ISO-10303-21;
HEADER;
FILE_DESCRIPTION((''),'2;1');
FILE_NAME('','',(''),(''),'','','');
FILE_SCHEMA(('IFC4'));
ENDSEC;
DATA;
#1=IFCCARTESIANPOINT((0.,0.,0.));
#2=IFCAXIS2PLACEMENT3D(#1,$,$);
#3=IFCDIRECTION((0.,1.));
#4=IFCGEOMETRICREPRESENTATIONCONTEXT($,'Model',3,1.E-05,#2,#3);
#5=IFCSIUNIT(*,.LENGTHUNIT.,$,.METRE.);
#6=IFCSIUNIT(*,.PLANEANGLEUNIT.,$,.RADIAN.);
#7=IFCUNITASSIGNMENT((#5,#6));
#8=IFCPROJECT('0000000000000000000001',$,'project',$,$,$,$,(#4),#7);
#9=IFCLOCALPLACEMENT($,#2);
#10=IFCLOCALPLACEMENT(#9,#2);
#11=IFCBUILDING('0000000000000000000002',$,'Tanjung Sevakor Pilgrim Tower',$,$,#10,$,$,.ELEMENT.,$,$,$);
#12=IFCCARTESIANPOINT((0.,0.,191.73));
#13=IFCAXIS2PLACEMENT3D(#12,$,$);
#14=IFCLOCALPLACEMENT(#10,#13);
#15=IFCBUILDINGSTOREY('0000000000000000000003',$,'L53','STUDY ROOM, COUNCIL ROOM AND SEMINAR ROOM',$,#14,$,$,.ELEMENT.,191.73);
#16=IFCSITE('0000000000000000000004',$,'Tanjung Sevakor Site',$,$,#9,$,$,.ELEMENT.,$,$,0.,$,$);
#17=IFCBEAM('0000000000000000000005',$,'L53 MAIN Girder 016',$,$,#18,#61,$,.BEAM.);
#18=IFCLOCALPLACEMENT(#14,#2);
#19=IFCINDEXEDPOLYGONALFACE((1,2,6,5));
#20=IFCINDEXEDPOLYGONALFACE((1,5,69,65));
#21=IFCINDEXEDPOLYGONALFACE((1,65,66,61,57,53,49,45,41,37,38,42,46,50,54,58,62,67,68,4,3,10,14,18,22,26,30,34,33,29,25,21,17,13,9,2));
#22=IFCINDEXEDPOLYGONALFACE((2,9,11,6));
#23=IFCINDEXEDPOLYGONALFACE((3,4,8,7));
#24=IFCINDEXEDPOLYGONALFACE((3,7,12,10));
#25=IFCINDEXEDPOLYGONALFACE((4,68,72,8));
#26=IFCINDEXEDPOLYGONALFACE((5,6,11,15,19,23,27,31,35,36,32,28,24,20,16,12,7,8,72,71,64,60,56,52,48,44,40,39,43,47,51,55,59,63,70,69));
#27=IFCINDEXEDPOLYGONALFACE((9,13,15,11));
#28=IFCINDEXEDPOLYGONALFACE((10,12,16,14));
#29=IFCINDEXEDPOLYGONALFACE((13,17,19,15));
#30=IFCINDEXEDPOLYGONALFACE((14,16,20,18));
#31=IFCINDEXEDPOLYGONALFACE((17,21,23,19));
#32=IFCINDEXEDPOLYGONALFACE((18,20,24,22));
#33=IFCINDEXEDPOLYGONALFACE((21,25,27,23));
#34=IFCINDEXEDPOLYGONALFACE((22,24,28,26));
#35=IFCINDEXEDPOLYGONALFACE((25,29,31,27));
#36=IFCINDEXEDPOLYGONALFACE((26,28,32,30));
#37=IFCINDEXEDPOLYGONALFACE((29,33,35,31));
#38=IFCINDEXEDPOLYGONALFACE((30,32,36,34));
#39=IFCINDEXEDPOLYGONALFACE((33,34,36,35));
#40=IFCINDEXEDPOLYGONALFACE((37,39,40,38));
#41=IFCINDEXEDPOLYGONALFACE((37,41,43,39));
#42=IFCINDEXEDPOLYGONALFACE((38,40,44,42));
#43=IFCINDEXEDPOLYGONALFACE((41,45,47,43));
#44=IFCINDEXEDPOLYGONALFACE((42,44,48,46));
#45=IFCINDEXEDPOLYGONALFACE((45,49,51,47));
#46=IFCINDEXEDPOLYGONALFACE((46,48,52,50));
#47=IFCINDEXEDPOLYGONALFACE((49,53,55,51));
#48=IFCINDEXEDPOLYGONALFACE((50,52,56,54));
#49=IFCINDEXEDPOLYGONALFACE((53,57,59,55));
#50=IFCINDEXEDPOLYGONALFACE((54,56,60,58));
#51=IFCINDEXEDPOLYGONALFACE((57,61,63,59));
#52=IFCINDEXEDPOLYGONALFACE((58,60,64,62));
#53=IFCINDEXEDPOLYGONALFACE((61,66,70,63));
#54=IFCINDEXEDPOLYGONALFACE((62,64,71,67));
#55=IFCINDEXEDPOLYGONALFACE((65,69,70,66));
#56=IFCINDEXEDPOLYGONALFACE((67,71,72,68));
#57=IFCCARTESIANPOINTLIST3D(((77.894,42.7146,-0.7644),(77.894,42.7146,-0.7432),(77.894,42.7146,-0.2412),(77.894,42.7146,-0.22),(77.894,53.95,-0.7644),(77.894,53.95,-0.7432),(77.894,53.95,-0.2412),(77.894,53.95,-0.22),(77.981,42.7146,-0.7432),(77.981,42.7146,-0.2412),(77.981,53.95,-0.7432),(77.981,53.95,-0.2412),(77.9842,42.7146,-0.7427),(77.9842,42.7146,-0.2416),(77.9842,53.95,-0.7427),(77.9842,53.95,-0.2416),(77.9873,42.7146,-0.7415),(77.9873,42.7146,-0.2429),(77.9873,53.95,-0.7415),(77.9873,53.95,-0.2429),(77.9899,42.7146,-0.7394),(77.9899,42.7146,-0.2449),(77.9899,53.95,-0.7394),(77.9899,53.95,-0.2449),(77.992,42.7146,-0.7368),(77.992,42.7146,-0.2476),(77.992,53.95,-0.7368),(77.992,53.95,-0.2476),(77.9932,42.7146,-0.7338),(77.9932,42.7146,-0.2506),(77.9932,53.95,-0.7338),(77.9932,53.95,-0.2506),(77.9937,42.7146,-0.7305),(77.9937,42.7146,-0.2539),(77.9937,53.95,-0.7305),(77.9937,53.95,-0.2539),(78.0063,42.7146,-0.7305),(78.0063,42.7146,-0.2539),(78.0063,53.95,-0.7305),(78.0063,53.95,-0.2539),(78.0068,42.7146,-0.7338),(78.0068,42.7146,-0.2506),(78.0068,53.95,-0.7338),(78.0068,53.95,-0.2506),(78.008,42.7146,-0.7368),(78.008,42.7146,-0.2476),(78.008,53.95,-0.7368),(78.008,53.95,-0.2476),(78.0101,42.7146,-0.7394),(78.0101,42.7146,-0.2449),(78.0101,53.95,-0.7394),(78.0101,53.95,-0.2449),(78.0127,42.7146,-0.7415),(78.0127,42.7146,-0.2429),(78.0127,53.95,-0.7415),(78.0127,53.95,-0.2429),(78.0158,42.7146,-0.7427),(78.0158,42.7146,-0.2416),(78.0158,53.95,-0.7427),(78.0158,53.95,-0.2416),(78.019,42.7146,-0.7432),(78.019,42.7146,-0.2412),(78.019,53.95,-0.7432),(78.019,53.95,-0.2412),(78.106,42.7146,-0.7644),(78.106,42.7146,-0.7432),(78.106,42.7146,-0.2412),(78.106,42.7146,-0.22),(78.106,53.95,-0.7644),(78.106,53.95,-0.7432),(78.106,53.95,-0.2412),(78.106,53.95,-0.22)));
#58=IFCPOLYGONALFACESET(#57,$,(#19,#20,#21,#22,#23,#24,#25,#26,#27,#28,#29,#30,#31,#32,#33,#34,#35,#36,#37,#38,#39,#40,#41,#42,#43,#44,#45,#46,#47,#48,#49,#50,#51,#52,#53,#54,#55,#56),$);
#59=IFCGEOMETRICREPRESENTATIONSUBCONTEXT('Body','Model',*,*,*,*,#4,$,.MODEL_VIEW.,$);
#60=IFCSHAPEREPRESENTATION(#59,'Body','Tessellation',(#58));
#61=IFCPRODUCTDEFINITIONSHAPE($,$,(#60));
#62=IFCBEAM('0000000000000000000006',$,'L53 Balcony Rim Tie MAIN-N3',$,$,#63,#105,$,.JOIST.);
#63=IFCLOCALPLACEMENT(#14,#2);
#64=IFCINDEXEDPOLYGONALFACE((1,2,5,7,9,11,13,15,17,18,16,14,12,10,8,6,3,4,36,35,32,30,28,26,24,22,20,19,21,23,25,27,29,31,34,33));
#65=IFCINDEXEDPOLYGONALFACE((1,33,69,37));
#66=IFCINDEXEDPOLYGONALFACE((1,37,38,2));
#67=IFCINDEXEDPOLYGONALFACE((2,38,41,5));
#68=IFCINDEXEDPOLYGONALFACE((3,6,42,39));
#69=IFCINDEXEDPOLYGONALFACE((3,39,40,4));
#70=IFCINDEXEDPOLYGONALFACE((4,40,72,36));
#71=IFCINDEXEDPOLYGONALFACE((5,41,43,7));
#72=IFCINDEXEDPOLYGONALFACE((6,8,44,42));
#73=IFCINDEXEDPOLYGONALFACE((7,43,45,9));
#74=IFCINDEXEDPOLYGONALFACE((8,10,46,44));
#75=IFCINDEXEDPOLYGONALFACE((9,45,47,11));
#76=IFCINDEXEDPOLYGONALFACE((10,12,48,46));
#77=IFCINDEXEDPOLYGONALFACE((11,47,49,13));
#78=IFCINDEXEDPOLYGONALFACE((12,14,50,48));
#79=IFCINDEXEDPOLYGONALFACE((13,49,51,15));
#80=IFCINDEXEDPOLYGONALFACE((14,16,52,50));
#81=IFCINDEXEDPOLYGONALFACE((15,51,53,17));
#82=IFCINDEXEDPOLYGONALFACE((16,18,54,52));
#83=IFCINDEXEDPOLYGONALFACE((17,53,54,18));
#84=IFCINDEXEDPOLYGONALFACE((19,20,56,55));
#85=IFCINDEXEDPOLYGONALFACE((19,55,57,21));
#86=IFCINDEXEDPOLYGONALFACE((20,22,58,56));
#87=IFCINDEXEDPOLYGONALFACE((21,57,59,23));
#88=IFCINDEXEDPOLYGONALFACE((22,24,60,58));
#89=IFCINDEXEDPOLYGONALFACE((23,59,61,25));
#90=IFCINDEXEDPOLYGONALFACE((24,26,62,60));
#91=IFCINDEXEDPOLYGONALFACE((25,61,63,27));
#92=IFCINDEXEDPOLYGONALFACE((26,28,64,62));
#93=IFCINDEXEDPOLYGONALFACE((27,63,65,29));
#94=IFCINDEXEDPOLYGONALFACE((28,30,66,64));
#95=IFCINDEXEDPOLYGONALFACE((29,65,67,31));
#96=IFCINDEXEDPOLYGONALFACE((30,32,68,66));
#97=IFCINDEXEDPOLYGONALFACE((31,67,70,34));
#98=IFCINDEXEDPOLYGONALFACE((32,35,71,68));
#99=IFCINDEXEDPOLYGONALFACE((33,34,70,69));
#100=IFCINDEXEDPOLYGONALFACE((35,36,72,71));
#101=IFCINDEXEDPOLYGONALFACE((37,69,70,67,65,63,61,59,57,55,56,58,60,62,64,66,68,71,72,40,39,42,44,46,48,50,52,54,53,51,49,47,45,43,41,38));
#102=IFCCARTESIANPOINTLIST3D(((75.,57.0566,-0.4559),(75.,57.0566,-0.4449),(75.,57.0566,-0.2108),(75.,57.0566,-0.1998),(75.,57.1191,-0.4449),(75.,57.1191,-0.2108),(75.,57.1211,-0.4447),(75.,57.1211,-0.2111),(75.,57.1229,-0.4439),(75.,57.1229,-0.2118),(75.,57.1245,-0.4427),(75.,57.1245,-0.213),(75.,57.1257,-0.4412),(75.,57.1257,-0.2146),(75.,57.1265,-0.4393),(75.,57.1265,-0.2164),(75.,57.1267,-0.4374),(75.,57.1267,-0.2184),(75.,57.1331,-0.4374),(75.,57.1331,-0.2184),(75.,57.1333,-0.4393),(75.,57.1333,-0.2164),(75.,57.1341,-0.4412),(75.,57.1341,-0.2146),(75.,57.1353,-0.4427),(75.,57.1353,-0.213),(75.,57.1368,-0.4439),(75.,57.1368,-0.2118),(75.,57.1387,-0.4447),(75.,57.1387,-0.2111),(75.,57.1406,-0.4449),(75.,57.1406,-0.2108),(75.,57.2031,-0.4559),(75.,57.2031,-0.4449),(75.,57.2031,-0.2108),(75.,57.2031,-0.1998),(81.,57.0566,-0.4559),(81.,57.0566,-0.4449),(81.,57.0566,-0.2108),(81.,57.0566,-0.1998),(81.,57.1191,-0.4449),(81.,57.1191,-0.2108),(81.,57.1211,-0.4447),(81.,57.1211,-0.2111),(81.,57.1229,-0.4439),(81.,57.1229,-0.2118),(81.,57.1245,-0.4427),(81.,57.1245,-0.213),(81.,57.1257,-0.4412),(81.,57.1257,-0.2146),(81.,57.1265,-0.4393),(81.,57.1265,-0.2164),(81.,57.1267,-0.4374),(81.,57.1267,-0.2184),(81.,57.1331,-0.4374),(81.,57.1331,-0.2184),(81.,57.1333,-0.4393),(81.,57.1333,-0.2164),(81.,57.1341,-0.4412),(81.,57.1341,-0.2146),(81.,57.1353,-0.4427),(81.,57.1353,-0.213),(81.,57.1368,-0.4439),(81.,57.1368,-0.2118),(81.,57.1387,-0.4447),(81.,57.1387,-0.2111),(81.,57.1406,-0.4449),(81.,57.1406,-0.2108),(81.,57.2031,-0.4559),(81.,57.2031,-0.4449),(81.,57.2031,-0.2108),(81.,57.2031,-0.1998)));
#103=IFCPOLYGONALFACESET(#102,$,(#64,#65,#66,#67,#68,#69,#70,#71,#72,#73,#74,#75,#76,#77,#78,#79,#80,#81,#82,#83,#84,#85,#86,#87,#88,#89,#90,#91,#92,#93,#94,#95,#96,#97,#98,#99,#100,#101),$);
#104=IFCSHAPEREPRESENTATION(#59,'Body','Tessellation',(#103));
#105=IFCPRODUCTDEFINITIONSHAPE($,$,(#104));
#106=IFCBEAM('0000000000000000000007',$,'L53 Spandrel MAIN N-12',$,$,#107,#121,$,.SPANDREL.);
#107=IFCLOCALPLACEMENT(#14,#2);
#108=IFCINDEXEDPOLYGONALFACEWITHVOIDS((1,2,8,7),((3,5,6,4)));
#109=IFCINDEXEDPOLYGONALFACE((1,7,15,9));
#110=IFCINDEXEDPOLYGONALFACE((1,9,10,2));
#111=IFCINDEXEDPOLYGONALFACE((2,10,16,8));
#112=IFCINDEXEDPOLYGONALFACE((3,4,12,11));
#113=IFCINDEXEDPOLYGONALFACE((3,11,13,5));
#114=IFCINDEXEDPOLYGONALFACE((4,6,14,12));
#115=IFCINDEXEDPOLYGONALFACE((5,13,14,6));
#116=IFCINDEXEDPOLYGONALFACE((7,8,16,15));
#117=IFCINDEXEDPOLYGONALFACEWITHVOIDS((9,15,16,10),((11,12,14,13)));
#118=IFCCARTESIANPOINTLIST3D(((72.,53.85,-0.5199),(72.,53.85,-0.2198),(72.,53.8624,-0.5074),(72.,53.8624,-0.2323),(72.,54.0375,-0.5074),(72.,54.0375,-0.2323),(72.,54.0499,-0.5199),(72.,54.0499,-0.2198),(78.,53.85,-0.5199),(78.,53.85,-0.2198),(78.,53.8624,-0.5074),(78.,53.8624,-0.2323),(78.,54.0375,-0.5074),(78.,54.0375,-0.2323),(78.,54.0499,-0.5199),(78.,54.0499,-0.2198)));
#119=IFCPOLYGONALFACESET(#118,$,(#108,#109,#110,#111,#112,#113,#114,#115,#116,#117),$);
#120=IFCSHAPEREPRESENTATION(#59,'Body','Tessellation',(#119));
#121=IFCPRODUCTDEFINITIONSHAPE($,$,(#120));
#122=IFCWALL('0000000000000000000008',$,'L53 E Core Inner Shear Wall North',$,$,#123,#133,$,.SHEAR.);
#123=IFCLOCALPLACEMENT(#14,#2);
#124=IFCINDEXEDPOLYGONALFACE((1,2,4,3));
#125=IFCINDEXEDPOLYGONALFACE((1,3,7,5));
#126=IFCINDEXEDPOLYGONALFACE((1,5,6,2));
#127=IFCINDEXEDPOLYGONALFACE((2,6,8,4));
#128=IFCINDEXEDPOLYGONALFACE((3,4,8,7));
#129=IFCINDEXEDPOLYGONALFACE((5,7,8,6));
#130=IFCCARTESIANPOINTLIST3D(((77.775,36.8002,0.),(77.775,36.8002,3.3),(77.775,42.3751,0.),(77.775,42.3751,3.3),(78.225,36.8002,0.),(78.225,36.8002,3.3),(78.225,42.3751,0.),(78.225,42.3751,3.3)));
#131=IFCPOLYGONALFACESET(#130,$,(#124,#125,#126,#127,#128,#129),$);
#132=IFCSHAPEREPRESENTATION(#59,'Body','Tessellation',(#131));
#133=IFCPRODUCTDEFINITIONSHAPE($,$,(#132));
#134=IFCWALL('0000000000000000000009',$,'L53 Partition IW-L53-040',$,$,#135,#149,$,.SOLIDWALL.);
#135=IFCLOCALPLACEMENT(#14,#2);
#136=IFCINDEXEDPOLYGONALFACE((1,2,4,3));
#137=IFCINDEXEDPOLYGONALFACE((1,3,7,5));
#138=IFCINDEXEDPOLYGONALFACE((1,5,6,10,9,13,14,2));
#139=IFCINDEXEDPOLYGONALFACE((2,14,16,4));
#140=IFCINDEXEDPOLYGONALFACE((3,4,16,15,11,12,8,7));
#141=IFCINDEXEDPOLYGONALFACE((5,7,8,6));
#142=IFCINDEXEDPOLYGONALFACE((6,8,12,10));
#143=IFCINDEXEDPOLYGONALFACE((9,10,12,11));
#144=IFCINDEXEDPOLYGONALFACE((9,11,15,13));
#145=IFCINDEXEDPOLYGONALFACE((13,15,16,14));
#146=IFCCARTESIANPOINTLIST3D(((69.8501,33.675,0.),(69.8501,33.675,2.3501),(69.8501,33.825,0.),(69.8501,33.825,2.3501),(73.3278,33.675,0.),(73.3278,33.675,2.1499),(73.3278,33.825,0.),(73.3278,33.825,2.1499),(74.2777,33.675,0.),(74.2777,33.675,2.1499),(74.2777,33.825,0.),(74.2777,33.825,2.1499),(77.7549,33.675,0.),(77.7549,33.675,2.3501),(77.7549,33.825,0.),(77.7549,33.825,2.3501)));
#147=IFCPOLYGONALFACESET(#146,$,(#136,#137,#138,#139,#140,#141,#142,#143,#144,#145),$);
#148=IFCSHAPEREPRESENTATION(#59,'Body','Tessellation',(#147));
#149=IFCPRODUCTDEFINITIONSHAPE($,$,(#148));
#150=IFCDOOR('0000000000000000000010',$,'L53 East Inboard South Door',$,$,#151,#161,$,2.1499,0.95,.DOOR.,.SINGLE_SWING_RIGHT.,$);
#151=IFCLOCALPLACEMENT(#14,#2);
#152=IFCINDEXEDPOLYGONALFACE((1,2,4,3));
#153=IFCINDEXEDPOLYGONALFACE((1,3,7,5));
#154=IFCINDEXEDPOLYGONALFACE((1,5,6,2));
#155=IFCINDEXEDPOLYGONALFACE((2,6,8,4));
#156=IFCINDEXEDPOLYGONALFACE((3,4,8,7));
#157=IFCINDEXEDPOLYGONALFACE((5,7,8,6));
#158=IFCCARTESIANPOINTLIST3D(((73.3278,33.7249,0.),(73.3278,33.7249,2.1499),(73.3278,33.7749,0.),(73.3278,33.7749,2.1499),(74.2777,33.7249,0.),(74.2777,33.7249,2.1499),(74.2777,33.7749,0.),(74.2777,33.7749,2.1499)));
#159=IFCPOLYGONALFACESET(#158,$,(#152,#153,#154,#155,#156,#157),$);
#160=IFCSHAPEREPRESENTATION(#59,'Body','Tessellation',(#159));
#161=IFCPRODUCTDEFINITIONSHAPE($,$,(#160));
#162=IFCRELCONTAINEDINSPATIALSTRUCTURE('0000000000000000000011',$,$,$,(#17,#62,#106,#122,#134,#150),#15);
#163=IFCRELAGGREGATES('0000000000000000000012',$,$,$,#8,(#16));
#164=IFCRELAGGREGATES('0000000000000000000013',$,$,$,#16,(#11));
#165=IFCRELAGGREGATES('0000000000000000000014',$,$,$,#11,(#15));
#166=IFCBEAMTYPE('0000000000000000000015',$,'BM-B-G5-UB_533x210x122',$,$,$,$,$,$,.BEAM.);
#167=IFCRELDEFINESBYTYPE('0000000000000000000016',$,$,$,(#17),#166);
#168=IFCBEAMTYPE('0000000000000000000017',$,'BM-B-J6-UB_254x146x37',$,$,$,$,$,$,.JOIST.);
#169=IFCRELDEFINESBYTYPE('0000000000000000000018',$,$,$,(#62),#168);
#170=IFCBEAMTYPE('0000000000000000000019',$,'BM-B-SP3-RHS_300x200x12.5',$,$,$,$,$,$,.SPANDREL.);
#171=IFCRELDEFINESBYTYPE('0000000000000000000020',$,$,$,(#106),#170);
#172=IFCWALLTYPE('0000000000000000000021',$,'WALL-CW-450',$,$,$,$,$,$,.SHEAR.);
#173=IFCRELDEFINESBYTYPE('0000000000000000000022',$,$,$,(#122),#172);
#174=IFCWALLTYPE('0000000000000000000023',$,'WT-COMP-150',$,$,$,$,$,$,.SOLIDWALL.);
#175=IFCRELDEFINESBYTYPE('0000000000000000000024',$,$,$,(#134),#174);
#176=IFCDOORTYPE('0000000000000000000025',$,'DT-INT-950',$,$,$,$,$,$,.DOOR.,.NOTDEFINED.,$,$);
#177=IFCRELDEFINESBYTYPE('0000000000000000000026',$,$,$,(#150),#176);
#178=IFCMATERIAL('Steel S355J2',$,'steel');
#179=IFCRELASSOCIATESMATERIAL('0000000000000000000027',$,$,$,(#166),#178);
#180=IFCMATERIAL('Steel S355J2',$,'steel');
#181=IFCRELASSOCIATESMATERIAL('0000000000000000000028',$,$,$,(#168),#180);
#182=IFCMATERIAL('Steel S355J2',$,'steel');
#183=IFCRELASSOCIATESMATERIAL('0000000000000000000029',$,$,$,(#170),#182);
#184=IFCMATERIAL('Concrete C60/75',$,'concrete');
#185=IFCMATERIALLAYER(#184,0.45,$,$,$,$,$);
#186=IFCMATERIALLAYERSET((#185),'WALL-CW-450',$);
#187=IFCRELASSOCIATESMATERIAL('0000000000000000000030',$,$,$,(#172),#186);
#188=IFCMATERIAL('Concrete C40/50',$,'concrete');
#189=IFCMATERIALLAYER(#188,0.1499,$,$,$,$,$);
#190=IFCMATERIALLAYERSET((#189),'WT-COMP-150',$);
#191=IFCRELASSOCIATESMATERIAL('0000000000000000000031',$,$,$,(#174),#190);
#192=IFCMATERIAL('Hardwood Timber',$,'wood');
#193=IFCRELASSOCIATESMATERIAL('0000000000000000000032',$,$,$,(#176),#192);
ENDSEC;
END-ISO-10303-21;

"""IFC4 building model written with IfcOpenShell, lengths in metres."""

from ifc_helpers import new_model, si_unit, direction, frame, frame_2d, origin, origin_2d, place, context, subcontext, project, spatial, rectangle, hollow_rectangle, i_section, extrude, material, layer, layer_set, material_profile, profile_set, type_object, element, fill, save


model = new_model("IFC4")

# Units and contexts
model_context = context("Model", 3, precision=1e-05, world=origin(), true_north=direction((0.0, 1.0)))
body_context = subcontext(model_context, "Body", "Model", "MODEL_VIEW")
ifc_project = project(units=[si_unit("LENGTHUNIT", "METRE"), si_unit("PLANEANGLEUNIT", "RADIAN")], contexts=[model_context])

# Site, building, storey
site_placement = place(None, origin())
site = spatial("IfcSite", under=ifc_project, at=site_placement, Name="Tanjung Sevakor Site", CompositionType="ELEMENT", RefElevation=0.0)
building_placement = place(site_placement, origin())
building = spatial("IfcBuilding", under=site, at=building_placement, Name="Tanjung Sevakor Pilgrim Tower", CompositionType="ELEMENT")
storey_placement = place(building_placement, frame((0.0, 0.0, 191.73)))
storey = spatial("IfcBuildingStorey", under=building, at=storey_placement, Name="L53", Description="STUDY ROOM, COUNCIL ROOM AND SEMINAR ROOM", CompositionType="ELEMENT", Elevation=191.73)

# Beams
ifc_material_1 = material(Name="Steel S355J2", Category="steel")
ifc_material_profile_1 = material_profile(ifc_material_1, i_section(OverallWidth=0.2119, OverallDepth=0.5444, WebThickness=0.0127, FlangeThickness=0.0212, FilletRadius=0.0127, at=origin_2d()))
ifc_profile_set_1 = profile_set([ifc_material_profile_1], Name="Steel S355J2")
beam_type_1 = type_object("IfcBeamType", Name="BM-B-G5-UB_533x210x122", PredefinedType="BEAM", material=ifc_profile_set_1)
beam_1_placement = place(storey_placement, frame((78.0, 42.7146, -0.4922), z_axis=(0.0, 1.0, 0.0), x_axis=(-1.0, 0.0, 0.0)))
element("IfcBeam", 1, at=beam_1_placement, inside=storey, type_object=beam_type_1, Name="L53 MAIN Girder 016", PredefinedType="BEAM", context=body_context, shape_type="SweptSolid", body=[
    extrude(i_section(OverallWidth=0.2119, OverallDepth=0.5444, WebThickness=0.0127, FlangeThickness=0.0212, FilletRadius=0.0127, at=origin_2d()), origin(), (0.0, 0.0, 1.0), 11.2354),
])
ifc_material_2 = material(Name="Steel S355J2", Category="steel")
ifc_material_profile_2 = material_profile(ifc_material_2, i_section(OverallWidth=0.1465, OverallDepth=0.2561, WebThickness=0.0063, FlangeThickness=0.011, FilletRadius=0.0076, at=origin_2d()))
ifc_profile_set_2 = profile_set([ifc_material_profile_2], Name="Steel S355J2")
beam_type_2 = type_object("IfcBeamType", Name="BM-B-J6-UB_254x146x37", PredefinedType="JOIST", material=ifc_profile_set_2)
beam_2_placement = place(storey_placement, frame((75.0, 57.1299, -0.3279), z_axis=(1.0, 0.0, 0.0), x_axis=(0.0, 1.0, 0.0)))
element("IfcBeam", 2, at=beam_2_placement, inside=storey, type_object=beam_type_2, Name="L53 Balcony Rim Tie MAIN-N3", PredefinedType="JOIST", context=body_context, shape_type="SweptSolid", body=[
    extrude(i_section(OverallWidth=0.1465, OverallDepth=0.2561, WebThickness=0.0063, FlangeThickness=0.011, FilletRadius=0.0076, at=origin_2d()), origin(), (0.0, 0.0, 1.0), 6.0),
])
ifc_material_3 = material(Name="Steel S355J2", Category="steel")
ifc_material_profile_3 = material_profile(ifc_material_3, hollow_rectangle(XDim=0.2, YDim=0.3, WallThickness=0.0125, at=origin_2d()))
ifc_profile_set_3 = profile_set([ifc_material_profile_3], Name="Steel S355J2")
beam_type_3 = type_object("IfcBeamType", Name="BM-B-SP3-RHS_300x200x12.5", PredefinedType="SPANDREL", material=ifc_profile_set_3)
beam_3_placement = place(storey_placement, frame((72.0, 53.95, -0.3699), z_axis=(1.0, 0.0, 0.0), x_axis=(0.0, 1.0, 0.0)))
element("IfcBeam", 3, at=beam_3_placement, inside=storey, type_object=beam_type_3, Name="L53 Spandrel MAIN N-12", PredefinedType="SPANDREL", context=body_context, shape_type="SweptSolid", body=[
    extrude(hollow_rectangle(XDim=0.2, YDim=0.3, WallThickness=0.0125, at=origin_2d()), origin(), (0.0, 0.0, 1.0), 6.0),
])

# Wall
ifc_material_4 = material(Name="Concrete C60/75", Category="concrete")
ifc_layer_1 = layer(ifc_material_4, 0.45)
ifc_layer_set_1 = layer_set([ifc_layer_1], Name="WALL-CW-450")
wall_type_1 = type_object("IfcWallType", Name="WALL-CW-450", PredefinedType="SHEAR", material=ifc_layer_set_1)
wall_1_placement = place(storey_placement, frame((78.0, 36.8, 0.0), z_axis=(0.0, 0.0, 1.0), x_axis=(0.0, 1.0, 0.0)))
element("IfcWall", 4, at=wall_1_placement, inside=storey, type_object=wall_type_1, Name="L53 E Core Inner Shear Wall North", PredefinedType="SHEAR", context=body_context, shape_type="SweptSolid", body=[
    extrude(rectangle(XDim=5.575, YDim=0.45, at=frame_2d((2.7876, 0.0))), origin(), (0.0, 0.0, 1.0), 3.3),
])

# Wall, opening, door
ifc_material_5 = material(Name="Concrete C40/50", Category="concrete")
ifc_layer_2 = layer(ifc_material_5, 0.1499)
ifc_layer_set_2 = layer_set([ifc_layer_2], Name="WT-COMP-150")
wall_type_2 = type_object("IfcWallType", Name="WT-COMP-150", PredefinedType="SOLIDWALL", material=ifc_layer_set_2)
wall_2_placement = place(storey_placement, frame((69.8501, 33.75, 0.0), z_axis=(0.0, 0.0, 1.0), x_axis=(1.0, 0.0, 0.0)))
wall_2 = element("IfcWall", 5, at=wall_2_placement, inside=storey, type_object=wall_type_2, Name="L53 Partition IW-L53-040", PredefinedType="SOLIDWALL", context=body_context, shape_type="SweptSolid", body=[
    extrude(rectangle(XDim=7.9048, YDim=0.1499, at=frame_2d((3.9524, 0.0))), origin(), (0.0, 0.0, 1.0), 2.3501),
])
opening_1_placement = place(wall_2_placement, frame((3.4775, 0.0, 0.0)))
opening_1 = element("IfcOpeningElement", 6, at=opening_1_placement, cuts=wall_2, PredefinedType="OPENING", context=body_context, shape_type="SweptSolid", body=[
    extrude(rectangle(XDim=0.95, YDim=2.1499, at=frame_2d((0.4751, 1.075))), frame((0.0, 0.085, 0.0), z_axis=(0.0, -1.0, 0.0), x_axis=(1.0, 0.0, 0.0)), (0.0, 0.0, 1.0), 0.1699),
])
ifc_material_6 = material(Name="Hardwood Timber", Category="wood")
door_type_1 = type_object("IfcDoorType", Name="DT-INT-950", OperationType="NOTDEFINED", PredefinedType="DOOR", material=ifc_material_6)
door_1_placement = place(opening_1_placement, origin())
door_1 = element("IfcDoor", 7, at=door_1_placement, inside=storey, type_object=door_type_1, Name="L53 East Inboard South Door", OperationType="SINGLE_SWING_RIGHT", OverallHeight=2.1499, OverallWidth=0.95, PredefinedType="DOOR", context=body_context, shape_type="SweptSolid", body=[
    extrude(rectangle(XDim=0.95, YDim=2.1499, at=frame_2d((0.4751, 1.075))), frame((0.0, 0.0249, 0.0), z_axis=(0.0, -1.0, 0.0), x_axis=(1.0, 0.0, 0.0)), (0.0, 0.0, 1.0), 0.05),
])
fill(opening_1, door_1)

save(model, "model.ifc")
